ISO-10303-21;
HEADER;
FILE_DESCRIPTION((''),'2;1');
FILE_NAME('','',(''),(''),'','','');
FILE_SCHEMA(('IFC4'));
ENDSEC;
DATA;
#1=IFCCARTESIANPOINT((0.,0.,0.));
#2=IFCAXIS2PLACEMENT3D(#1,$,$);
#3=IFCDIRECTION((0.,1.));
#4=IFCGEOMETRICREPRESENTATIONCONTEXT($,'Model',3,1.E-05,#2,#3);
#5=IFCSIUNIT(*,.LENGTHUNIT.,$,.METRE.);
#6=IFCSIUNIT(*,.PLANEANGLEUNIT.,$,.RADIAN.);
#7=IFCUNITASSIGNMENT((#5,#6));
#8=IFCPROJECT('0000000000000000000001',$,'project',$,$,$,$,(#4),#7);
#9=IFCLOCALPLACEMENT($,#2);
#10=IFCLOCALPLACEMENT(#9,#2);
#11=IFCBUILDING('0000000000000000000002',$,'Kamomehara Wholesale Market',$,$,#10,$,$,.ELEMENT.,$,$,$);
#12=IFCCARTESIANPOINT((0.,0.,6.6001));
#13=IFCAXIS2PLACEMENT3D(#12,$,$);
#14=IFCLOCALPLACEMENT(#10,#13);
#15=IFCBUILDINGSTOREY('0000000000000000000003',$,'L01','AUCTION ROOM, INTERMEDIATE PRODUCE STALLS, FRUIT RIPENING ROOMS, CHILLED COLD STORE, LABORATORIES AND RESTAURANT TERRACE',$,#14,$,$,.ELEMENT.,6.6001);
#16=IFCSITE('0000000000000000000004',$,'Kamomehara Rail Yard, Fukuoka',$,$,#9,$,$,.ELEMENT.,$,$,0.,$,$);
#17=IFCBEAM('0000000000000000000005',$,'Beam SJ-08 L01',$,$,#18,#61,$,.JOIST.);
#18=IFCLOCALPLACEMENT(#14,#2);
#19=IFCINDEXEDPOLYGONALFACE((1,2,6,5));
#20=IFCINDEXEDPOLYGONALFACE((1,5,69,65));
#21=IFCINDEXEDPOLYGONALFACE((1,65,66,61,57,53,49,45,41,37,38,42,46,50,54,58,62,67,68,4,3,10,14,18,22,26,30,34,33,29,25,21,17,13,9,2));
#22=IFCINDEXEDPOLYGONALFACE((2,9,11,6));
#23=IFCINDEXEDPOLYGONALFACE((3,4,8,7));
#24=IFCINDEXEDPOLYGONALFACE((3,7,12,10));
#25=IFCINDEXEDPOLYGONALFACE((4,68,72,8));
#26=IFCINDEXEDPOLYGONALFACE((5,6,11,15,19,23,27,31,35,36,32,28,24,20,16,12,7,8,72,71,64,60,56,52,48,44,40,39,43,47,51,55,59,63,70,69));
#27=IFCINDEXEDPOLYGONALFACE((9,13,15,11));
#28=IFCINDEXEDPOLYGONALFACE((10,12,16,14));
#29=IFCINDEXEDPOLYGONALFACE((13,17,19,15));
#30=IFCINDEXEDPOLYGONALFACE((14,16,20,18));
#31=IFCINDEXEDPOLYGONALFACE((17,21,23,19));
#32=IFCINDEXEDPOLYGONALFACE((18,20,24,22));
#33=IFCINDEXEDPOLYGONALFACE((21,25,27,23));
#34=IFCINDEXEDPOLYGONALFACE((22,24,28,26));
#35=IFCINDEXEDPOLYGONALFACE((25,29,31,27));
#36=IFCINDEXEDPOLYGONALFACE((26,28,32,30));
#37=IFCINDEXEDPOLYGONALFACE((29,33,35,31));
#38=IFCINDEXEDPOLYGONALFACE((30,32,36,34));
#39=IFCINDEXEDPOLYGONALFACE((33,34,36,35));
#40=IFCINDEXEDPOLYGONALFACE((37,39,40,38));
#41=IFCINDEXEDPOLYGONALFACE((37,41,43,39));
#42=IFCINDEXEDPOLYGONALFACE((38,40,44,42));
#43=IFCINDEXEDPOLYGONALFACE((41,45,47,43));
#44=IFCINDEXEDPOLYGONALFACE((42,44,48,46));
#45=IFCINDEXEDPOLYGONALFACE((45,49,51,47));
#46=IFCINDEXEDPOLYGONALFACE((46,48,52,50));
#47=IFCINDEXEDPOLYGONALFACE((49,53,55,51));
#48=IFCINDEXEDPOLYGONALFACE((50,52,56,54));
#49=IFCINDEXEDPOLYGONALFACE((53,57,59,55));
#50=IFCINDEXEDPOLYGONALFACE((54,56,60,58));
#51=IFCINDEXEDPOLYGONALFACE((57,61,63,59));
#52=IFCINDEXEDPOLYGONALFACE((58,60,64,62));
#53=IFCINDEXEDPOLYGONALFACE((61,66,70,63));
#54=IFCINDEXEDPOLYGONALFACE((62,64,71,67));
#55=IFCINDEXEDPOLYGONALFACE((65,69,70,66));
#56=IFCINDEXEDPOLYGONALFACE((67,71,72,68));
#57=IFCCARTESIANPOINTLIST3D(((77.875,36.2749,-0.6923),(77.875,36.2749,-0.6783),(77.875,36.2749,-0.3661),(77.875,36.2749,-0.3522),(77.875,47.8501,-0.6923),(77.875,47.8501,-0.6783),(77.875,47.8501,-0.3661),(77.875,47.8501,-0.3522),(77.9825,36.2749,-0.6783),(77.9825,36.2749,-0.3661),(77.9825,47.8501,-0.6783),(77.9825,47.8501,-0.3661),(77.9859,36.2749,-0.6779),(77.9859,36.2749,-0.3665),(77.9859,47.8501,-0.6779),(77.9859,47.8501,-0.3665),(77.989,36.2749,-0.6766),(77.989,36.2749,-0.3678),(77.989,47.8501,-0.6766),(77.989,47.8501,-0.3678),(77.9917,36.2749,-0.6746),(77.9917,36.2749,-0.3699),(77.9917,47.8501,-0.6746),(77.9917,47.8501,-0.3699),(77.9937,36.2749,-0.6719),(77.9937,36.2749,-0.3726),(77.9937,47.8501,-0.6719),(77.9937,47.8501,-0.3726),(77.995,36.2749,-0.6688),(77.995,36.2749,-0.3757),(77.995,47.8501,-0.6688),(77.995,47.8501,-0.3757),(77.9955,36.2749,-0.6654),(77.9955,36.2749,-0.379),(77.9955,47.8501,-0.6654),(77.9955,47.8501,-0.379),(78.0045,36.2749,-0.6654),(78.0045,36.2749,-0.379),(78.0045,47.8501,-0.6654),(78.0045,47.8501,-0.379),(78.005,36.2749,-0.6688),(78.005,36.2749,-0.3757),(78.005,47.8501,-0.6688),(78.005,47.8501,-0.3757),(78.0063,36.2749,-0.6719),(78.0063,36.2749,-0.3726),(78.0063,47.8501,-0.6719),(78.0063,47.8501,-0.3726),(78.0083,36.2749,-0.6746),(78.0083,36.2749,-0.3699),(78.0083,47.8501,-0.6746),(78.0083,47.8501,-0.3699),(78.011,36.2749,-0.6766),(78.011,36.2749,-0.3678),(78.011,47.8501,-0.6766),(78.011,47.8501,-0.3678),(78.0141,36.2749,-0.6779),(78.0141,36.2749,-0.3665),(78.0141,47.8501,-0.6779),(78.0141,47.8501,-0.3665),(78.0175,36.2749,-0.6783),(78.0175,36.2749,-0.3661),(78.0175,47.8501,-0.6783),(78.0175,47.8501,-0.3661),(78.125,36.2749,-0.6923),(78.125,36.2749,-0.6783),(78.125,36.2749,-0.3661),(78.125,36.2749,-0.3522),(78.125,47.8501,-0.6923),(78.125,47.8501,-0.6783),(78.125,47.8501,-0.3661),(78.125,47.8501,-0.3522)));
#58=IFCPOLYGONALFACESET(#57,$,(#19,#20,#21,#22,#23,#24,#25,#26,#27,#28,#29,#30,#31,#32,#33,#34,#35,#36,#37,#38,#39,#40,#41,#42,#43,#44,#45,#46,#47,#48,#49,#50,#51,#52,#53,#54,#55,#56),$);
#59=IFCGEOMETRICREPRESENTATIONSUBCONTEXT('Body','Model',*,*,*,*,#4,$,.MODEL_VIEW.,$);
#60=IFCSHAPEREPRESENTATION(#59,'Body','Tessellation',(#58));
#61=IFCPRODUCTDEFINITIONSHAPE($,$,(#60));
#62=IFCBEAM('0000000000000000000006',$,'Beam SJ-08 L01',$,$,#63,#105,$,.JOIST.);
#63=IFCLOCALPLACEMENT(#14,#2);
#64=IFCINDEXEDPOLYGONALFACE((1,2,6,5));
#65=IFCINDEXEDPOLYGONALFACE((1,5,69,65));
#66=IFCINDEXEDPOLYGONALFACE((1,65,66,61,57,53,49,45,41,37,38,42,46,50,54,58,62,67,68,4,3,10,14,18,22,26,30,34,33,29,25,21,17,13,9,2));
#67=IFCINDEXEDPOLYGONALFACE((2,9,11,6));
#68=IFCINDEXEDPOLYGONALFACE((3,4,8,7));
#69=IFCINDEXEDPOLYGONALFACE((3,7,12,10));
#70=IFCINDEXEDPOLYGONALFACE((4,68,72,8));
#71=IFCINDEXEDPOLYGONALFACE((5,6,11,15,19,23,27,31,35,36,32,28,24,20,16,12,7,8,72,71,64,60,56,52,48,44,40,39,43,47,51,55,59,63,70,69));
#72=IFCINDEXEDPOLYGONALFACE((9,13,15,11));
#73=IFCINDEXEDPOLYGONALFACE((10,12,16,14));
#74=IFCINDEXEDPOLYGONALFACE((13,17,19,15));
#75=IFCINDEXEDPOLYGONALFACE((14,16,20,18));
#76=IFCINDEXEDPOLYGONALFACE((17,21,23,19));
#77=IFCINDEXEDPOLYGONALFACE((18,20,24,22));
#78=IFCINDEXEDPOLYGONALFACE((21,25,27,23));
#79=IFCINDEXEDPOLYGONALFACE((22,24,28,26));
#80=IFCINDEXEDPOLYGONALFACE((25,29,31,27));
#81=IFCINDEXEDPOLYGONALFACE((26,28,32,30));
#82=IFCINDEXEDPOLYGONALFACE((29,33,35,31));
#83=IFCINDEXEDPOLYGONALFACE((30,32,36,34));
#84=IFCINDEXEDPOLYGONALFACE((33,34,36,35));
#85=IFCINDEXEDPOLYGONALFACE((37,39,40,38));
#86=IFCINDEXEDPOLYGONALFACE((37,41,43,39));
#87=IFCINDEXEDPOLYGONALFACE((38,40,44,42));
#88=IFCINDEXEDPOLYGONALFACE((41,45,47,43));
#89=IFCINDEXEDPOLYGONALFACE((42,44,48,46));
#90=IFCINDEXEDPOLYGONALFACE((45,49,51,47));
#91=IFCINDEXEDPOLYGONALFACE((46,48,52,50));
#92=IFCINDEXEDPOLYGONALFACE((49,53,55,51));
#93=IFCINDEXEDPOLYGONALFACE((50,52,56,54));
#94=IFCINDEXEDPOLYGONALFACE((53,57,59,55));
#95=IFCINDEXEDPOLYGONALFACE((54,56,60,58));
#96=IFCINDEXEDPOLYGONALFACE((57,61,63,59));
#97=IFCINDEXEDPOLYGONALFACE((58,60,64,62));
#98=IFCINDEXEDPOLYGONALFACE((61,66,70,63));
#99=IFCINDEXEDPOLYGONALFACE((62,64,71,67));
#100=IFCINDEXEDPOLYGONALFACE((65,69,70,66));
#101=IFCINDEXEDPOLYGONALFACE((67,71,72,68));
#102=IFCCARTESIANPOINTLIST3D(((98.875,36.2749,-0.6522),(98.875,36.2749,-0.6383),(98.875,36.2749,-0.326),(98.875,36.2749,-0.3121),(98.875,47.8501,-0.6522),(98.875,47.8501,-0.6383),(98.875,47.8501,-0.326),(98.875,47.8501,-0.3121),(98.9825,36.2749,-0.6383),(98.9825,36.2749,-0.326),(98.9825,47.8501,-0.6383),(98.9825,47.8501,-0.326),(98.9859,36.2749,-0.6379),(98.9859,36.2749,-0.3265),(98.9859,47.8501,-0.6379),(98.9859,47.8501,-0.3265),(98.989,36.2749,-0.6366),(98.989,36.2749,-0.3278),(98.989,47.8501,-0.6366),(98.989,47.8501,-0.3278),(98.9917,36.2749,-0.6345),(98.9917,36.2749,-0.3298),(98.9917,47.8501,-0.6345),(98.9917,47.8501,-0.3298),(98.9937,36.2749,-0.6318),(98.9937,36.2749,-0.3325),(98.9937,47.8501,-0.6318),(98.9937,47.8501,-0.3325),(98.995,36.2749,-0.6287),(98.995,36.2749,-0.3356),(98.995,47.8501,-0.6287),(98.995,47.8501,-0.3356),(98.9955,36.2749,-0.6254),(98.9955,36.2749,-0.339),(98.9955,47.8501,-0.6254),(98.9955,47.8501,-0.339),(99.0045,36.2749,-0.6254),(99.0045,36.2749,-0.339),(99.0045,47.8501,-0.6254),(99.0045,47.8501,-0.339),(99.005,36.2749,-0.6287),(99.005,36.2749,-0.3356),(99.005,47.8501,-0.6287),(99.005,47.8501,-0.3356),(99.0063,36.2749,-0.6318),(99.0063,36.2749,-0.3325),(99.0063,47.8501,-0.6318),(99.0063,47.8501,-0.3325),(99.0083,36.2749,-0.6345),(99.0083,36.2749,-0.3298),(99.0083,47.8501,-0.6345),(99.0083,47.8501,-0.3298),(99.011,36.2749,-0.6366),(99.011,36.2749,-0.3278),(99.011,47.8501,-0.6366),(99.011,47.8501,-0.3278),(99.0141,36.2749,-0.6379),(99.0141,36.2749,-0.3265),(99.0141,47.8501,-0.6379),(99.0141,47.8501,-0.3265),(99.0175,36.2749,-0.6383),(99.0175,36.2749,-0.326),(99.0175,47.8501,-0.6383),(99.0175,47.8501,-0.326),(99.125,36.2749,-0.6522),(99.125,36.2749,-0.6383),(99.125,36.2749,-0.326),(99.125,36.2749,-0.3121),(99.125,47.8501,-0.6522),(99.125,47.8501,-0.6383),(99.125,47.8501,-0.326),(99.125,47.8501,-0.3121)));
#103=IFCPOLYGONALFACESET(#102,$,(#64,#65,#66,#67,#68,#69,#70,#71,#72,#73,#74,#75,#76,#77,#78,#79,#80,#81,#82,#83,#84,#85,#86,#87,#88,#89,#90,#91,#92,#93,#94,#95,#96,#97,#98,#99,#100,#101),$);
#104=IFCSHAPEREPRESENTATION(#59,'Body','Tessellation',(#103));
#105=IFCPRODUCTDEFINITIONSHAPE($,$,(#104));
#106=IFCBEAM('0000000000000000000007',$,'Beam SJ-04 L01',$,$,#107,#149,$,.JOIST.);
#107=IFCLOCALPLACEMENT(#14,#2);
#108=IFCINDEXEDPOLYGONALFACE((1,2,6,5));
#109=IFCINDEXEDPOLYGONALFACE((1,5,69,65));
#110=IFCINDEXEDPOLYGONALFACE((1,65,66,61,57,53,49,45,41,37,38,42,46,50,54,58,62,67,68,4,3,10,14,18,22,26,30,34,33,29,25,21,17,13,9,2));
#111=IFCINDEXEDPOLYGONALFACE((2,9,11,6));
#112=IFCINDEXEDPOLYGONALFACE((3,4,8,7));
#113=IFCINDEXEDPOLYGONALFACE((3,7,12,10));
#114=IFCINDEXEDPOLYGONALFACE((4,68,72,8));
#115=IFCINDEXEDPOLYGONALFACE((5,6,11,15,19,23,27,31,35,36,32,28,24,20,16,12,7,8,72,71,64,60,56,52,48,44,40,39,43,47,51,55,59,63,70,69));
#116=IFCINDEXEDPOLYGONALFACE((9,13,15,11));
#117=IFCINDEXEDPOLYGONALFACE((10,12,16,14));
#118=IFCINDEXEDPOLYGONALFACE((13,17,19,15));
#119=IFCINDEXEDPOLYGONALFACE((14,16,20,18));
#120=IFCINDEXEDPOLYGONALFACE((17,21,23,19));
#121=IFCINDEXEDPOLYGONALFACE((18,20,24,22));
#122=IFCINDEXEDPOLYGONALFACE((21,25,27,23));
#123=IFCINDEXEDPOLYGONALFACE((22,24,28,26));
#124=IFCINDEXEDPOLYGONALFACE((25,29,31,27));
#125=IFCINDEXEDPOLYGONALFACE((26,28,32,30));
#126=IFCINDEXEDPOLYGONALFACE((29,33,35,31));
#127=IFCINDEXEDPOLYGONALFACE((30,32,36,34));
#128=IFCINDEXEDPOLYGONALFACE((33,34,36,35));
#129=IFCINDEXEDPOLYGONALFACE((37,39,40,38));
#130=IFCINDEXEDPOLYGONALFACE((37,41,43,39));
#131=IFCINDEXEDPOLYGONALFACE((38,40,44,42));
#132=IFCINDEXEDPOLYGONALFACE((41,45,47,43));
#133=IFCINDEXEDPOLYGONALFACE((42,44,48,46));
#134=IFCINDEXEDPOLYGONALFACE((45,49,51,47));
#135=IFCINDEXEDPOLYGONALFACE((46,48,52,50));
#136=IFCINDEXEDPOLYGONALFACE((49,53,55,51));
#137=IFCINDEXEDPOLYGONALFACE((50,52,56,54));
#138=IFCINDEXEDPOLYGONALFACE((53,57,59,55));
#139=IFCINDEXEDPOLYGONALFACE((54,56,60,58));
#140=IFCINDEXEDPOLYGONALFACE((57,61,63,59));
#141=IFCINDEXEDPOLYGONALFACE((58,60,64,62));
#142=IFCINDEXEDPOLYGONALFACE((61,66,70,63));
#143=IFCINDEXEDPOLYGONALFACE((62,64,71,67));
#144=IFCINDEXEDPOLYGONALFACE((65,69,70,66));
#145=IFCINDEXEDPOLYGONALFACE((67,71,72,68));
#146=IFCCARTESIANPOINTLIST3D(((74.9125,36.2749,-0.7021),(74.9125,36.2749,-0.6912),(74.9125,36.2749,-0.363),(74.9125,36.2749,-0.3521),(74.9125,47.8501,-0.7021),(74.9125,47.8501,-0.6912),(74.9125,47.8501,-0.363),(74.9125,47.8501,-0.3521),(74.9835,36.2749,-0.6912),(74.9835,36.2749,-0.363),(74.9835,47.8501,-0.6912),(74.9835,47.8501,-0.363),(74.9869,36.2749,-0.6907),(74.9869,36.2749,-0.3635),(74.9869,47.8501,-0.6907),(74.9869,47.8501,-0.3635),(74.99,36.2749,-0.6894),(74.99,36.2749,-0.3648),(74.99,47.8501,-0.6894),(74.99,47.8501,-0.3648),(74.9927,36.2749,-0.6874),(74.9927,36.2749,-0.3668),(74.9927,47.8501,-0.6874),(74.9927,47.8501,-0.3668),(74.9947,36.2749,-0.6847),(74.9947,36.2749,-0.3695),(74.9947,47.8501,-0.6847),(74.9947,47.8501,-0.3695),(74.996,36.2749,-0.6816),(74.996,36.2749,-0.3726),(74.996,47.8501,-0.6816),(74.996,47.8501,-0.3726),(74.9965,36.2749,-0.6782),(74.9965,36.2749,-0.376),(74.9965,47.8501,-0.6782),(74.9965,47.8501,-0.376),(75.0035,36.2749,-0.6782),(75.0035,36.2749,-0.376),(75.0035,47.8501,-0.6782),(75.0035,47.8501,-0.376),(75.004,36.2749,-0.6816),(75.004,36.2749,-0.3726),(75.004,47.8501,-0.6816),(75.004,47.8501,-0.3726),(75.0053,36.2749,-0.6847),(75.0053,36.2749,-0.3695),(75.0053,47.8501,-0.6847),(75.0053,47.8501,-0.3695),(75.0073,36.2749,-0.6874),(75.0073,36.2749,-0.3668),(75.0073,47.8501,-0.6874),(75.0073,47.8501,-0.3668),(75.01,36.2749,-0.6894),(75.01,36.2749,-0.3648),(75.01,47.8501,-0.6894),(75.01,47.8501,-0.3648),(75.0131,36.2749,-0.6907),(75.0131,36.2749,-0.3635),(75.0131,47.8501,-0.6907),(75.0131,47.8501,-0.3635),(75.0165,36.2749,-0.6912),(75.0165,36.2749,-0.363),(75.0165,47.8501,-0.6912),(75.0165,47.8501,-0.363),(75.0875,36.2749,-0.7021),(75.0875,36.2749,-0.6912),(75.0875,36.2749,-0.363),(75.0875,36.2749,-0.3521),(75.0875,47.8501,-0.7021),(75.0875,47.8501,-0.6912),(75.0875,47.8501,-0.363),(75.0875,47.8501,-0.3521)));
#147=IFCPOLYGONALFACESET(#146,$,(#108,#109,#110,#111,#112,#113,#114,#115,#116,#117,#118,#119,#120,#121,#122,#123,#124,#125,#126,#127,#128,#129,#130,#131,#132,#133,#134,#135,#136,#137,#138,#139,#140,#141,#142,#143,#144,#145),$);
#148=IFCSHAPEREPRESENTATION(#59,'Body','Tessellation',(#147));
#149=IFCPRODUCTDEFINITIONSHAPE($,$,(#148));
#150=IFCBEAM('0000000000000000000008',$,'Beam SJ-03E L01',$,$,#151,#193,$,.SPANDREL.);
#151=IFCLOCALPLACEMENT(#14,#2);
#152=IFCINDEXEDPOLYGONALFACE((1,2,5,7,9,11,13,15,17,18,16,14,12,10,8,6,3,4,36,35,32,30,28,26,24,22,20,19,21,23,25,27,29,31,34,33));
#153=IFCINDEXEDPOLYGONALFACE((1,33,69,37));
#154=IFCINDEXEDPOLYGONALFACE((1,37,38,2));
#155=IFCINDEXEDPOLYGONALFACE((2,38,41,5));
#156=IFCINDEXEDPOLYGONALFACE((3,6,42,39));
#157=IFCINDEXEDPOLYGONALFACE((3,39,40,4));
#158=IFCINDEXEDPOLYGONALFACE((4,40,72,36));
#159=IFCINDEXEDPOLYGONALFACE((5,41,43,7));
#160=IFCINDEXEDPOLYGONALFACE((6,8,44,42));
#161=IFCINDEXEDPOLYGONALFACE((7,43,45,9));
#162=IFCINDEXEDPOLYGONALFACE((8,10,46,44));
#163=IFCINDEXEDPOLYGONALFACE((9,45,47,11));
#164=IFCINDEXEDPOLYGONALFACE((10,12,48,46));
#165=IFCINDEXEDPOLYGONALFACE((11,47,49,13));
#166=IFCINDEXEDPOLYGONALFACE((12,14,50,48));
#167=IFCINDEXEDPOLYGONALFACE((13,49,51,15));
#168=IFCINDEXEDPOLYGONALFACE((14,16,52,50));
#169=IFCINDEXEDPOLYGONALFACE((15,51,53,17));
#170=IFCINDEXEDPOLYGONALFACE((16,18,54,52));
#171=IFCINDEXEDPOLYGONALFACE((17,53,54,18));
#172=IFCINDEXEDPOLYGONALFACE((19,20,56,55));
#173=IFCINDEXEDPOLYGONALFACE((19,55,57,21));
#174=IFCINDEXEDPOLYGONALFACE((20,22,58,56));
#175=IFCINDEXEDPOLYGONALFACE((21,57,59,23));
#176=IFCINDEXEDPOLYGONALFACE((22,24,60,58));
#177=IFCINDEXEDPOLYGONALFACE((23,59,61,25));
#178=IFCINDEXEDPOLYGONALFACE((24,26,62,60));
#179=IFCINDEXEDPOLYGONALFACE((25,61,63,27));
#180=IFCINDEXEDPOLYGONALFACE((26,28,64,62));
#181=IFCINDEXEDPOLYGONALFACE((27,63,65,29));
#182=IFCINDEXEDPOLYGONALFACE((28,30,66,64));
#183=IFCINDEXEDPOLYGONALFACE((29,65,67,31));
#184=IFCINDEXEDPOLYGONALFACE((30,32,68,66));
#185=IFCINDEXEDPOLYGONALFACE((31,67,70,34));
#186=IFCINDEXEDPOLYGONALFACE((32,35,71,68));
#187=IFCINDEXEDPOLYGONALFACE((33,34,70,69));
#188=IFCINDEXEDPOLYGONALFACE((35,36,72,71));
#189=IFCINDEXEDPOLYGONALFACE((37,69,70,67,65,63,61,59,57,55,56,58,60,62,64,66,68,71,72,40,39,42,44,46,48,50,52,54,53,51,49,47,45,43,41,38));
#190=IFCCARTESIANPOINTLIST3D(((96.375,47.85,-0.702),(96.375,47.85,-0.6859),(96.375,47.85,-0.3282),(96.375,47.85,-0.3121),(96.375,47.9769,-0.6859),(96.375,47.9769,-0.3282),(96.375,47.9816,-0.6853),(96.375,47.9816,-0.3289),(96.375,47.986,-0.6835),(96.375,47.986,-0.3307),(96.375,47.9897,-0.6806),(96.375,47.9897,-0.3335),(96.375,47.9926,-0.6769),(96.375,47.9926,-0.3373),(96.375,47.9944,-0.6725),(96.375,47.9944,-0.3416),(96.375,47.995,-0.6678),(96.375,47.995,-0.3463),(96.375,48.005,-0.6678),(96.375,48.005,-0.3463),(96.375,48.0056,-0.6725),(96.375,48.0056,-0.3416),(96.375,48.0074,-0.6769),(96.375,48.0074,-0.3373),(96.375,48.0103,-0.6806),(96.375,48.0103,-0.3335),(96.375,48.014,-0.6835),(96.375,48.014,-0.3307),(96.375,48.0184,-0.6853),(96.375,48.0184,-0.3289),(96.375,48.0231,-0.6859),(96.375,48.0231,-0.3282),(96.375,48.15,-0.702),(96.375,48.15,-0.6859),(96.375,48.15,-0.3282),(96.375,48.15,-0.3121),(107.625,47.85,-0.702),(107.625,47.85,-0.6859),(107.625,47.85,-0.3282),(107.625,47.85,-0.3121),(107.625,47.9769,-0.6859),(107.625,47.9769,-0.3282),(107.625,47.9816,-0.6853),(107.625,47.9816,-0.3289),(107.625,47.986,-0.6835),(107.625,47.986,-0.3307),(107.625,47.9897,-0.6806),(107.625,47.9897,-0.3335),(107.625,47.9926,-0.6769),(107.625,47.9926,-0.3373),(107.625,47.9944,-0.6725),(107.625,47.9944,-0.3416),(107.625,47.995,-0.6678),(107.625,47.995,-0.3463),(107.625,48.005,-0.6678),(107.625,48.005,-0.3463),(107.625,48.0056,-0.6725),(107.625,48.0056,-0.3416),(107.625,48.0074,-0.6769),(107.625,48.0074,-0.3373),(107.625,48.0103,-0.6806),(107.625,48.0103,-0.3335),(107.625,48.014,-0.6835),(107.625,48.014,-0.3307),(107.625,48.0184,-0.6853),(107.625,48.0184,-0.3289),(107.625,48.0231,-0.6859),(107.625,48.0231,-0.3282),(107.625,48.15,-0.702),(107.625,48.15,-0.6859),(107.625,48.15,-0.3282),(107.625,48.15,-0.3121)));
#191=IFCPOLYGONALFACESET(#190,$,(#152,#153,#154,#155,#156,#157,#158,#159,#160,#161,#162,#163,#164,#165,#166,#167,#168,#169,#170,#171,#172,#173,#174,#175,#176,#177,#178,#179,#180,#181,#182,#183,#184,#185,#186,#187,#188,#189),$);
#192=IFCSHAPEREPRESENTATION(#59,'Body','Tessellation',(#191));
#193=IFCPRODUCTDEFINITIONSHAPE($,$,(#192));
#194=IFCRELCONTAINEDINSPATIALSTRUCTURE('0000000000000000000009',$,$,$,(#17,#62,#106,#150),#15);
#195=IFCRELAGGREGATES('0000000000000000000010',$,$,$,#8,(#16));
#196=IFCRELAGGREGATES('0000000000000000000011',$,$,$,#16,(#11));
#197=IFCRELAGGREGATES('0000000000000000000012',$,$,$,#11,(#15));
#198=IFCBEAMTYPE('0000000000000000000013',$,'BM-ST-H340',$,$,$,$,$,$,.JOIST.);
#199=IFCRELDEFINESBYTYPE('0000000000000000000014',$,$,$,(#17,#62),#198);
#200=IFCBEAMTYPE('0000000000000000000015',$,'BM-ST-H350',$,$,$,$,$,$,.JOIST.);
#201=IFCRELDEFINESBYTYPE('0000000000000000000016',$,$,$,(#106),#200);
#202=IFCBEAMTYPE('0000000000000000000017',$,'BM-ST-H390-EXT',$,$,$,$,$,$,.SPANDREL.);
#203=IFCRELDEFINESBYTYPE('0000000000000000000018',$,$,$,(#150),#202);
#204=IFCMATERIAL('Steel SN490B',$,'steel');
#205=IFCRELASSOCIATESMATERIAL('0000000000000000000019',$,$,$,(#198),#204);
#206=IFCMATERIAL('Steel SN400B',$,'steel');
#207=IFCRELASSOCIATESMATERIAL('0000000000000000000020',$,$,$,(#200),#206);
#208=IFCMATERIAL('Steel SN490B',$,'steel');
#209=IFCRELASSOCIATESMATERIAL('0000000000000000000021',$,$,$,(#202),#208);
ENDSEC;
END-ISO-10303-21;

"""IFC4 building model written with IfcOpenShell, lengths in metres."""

from ifc_helpers import new_model, si_unit, direction, frame, origin, origin_2d, place, context, subcontext, project, spatial, i_section, extrude, material, material_profile, profile_set, type_object, element, save


model = new_model("IFC4")

# Units and contexts
model_context = context("Model", 3, precision=1e-05, world=origin(), true_north=direction((0.0, 1.0)))
body_context = subcontext(model_context, "Body", "Model", "MODEL_VIEW")
ifc_project = project(units=[si_unit("LENGTHUNIT", "METRE"), si_unit("PLANEANGLEUNIT", "RADIAN")], contexts=[model_context])

# Site, building, storey
site_placement = place(None, origin())
site = spatial("IfcSite", under=ifc_project, at=site_placement, Name="Kamomehara Rail Yard, Fukuoka", CompositionType="ELEMENT", RefElevation=0.0)
building_placement = place(site_placement, origin())
building = spatial("IfcBuilding", under=site, at=building_placement, Name="Kamomehara Wholesale Market", CompositionType="ELEMENT")
storey_placement = place(building_placement, frame((0.0, 0.0, 6.6001)))
storey = spatial("IfcBuildingStorey", under=building, at=storey_placement, Name="L01", Description="AUCTION ROOM, INTERMEDIATE PRODUCE STALLS, FRUIT RIPENING ROOMS, CHILLED COLD STORE, LABORATORIES AND RESTAURANT TERRACE", CompositionType="ELEMENT", Elevation=6.6001)

# Beams
ifc_material_1 = material(Name="Steel SN490B", Category="steel")
ifc_material_profile_1 = material_profile(ifc_material_1, i_section(OverallWidth=0.25, OverallDepth=0.3401, WebThickness=0.009, FlangeThickness=0.0139, FilletRadius=0.0129, at=origin_2d()), Name="H-340x250x9x14")
ifc_profile_set_1 = profile_set([ifc_material_profile_1], Name="Steel SN490B")
beam_type_1 = type_object("IfcBeamType", Name="BM-ST-H340", PredefinedType="JOIST", material=ifc_profile_set_1)
for number, where, z_axis, x_axis, name in (
    (1, (78.0, 36.2749, -0.5222), (0.0, 1.0, 0.0), (-1.0, 0.0, 0.0), "Beam SJ-08 L01"),
    (2, (99.0, 36.2749, -0.4822), (0.0, 1.0, 0.0), (-1.0, 0.0, 0.0), "Beam SJ-08 L01"),
):
    element("IfcBeam", number, at=place(storey_placement, frame(where, z_axis=z_axis, x_axis=x_axis)), inside=storey, type_object=beam_type_1, Name=name, PredefinedType="JOIST", context=body_context, shape_type="SweptSolid", body=[
        extrude(i_section(OverallWidth=0.25, OverallDepth=0.3401, WebThickness=0.009, FlangeThickness=0.0139, FilletRadius=0.0129, at=origin_2d()), origin(), (0.0, 0.0, 1.0), 11.5752),
    ])
ifc_material_2 = material(Name="Steel SN400B", Category="steel")
ifc_material_profile_2 = material_profile(ifc_material_2, i_section(OverallWidth=0.175, OverallDepth=0.3501, WebThickness=0.0071, FlangeThickness=0.011, FilletRadius=0.0129, at=origin_2d()), Name="H-350x175x7x11")
ifc_profile_set_2 = profile_set([ifc_material_profile_2], Name="Steel SN400B")
beam_type_2 = type_object("IfcBeamType", Name="BM-ST-H350", PredefinedType="JOIST", material=ifc_profile_set_2)
beam_1_placement = place(storey_placement, frame((75.0, 36.2749, -0.5271), z_axis=(0.0, 1.0, 0.0), x_axis=(-1.0, 0.0, 0.0)))
element("IfcBeam", 3, at=beam_1_placement, inside=storey, type_object=beam_type_2, Name="Beam SJ-04 L01", PredefinedType="JOIST", context=body_context, shape_type="SweptSolid", body=[
    extrude(i_section(OverallWidth=0.175, OverallDepth=0.3501, WebThickness=0.0071, FlangeThickness=0.011, FilletRadius=0.0129, at=origin_2d()), origin(), (0.0, 0.0, 1.0), 11.5752),
])
ifc_material_3 = material(Name="Steel SN490B", Category="steel")
ifc_material_profile_3 = material_profile(ifc_material_3, i_section(OverallWidth=0.3, OverallDepth=0.3899, WebThickness=0.01, FlangeThickness=0.0161, FilletRadius=0.0181, at=origin_2d()), Name="H-390x300x10x16")
ifc_profile_set_3 = profile_set([ifc_material_profile_3], Name="Steel SN490B")
beam_type_3 = type_object("IfcBeamType", Name="BM-ST-H390-EXT", PredefinedType="SPANDREL", material=ifc_profile_set_3)
beam_2_placement = place(storey_placement, frame((96.375, 48.0, -0.5071), z_axis=(1.0, 0.0, 0.0), x_axis=(0.0, 1.0, 0.0)))
element("IfcBeam", 4, at=beam_2_placement, inside=storey, type_object=beam_type_3, Name="Beam SJ-03E L01", PredefinedType="SPANDREL", context=body_context, shape_type="SweptSolid", body=[
    extrude(i_section(OverallWidth=0.3, OverallDepth=0.3899, WebThickness=0.01, FlangeThickness=0.0161, FilletRadius=0.0181, at=origin_2d()), origin(), (0.0, 0.0, 1.0), 11.25),
])

save(model, "model.ifc")
